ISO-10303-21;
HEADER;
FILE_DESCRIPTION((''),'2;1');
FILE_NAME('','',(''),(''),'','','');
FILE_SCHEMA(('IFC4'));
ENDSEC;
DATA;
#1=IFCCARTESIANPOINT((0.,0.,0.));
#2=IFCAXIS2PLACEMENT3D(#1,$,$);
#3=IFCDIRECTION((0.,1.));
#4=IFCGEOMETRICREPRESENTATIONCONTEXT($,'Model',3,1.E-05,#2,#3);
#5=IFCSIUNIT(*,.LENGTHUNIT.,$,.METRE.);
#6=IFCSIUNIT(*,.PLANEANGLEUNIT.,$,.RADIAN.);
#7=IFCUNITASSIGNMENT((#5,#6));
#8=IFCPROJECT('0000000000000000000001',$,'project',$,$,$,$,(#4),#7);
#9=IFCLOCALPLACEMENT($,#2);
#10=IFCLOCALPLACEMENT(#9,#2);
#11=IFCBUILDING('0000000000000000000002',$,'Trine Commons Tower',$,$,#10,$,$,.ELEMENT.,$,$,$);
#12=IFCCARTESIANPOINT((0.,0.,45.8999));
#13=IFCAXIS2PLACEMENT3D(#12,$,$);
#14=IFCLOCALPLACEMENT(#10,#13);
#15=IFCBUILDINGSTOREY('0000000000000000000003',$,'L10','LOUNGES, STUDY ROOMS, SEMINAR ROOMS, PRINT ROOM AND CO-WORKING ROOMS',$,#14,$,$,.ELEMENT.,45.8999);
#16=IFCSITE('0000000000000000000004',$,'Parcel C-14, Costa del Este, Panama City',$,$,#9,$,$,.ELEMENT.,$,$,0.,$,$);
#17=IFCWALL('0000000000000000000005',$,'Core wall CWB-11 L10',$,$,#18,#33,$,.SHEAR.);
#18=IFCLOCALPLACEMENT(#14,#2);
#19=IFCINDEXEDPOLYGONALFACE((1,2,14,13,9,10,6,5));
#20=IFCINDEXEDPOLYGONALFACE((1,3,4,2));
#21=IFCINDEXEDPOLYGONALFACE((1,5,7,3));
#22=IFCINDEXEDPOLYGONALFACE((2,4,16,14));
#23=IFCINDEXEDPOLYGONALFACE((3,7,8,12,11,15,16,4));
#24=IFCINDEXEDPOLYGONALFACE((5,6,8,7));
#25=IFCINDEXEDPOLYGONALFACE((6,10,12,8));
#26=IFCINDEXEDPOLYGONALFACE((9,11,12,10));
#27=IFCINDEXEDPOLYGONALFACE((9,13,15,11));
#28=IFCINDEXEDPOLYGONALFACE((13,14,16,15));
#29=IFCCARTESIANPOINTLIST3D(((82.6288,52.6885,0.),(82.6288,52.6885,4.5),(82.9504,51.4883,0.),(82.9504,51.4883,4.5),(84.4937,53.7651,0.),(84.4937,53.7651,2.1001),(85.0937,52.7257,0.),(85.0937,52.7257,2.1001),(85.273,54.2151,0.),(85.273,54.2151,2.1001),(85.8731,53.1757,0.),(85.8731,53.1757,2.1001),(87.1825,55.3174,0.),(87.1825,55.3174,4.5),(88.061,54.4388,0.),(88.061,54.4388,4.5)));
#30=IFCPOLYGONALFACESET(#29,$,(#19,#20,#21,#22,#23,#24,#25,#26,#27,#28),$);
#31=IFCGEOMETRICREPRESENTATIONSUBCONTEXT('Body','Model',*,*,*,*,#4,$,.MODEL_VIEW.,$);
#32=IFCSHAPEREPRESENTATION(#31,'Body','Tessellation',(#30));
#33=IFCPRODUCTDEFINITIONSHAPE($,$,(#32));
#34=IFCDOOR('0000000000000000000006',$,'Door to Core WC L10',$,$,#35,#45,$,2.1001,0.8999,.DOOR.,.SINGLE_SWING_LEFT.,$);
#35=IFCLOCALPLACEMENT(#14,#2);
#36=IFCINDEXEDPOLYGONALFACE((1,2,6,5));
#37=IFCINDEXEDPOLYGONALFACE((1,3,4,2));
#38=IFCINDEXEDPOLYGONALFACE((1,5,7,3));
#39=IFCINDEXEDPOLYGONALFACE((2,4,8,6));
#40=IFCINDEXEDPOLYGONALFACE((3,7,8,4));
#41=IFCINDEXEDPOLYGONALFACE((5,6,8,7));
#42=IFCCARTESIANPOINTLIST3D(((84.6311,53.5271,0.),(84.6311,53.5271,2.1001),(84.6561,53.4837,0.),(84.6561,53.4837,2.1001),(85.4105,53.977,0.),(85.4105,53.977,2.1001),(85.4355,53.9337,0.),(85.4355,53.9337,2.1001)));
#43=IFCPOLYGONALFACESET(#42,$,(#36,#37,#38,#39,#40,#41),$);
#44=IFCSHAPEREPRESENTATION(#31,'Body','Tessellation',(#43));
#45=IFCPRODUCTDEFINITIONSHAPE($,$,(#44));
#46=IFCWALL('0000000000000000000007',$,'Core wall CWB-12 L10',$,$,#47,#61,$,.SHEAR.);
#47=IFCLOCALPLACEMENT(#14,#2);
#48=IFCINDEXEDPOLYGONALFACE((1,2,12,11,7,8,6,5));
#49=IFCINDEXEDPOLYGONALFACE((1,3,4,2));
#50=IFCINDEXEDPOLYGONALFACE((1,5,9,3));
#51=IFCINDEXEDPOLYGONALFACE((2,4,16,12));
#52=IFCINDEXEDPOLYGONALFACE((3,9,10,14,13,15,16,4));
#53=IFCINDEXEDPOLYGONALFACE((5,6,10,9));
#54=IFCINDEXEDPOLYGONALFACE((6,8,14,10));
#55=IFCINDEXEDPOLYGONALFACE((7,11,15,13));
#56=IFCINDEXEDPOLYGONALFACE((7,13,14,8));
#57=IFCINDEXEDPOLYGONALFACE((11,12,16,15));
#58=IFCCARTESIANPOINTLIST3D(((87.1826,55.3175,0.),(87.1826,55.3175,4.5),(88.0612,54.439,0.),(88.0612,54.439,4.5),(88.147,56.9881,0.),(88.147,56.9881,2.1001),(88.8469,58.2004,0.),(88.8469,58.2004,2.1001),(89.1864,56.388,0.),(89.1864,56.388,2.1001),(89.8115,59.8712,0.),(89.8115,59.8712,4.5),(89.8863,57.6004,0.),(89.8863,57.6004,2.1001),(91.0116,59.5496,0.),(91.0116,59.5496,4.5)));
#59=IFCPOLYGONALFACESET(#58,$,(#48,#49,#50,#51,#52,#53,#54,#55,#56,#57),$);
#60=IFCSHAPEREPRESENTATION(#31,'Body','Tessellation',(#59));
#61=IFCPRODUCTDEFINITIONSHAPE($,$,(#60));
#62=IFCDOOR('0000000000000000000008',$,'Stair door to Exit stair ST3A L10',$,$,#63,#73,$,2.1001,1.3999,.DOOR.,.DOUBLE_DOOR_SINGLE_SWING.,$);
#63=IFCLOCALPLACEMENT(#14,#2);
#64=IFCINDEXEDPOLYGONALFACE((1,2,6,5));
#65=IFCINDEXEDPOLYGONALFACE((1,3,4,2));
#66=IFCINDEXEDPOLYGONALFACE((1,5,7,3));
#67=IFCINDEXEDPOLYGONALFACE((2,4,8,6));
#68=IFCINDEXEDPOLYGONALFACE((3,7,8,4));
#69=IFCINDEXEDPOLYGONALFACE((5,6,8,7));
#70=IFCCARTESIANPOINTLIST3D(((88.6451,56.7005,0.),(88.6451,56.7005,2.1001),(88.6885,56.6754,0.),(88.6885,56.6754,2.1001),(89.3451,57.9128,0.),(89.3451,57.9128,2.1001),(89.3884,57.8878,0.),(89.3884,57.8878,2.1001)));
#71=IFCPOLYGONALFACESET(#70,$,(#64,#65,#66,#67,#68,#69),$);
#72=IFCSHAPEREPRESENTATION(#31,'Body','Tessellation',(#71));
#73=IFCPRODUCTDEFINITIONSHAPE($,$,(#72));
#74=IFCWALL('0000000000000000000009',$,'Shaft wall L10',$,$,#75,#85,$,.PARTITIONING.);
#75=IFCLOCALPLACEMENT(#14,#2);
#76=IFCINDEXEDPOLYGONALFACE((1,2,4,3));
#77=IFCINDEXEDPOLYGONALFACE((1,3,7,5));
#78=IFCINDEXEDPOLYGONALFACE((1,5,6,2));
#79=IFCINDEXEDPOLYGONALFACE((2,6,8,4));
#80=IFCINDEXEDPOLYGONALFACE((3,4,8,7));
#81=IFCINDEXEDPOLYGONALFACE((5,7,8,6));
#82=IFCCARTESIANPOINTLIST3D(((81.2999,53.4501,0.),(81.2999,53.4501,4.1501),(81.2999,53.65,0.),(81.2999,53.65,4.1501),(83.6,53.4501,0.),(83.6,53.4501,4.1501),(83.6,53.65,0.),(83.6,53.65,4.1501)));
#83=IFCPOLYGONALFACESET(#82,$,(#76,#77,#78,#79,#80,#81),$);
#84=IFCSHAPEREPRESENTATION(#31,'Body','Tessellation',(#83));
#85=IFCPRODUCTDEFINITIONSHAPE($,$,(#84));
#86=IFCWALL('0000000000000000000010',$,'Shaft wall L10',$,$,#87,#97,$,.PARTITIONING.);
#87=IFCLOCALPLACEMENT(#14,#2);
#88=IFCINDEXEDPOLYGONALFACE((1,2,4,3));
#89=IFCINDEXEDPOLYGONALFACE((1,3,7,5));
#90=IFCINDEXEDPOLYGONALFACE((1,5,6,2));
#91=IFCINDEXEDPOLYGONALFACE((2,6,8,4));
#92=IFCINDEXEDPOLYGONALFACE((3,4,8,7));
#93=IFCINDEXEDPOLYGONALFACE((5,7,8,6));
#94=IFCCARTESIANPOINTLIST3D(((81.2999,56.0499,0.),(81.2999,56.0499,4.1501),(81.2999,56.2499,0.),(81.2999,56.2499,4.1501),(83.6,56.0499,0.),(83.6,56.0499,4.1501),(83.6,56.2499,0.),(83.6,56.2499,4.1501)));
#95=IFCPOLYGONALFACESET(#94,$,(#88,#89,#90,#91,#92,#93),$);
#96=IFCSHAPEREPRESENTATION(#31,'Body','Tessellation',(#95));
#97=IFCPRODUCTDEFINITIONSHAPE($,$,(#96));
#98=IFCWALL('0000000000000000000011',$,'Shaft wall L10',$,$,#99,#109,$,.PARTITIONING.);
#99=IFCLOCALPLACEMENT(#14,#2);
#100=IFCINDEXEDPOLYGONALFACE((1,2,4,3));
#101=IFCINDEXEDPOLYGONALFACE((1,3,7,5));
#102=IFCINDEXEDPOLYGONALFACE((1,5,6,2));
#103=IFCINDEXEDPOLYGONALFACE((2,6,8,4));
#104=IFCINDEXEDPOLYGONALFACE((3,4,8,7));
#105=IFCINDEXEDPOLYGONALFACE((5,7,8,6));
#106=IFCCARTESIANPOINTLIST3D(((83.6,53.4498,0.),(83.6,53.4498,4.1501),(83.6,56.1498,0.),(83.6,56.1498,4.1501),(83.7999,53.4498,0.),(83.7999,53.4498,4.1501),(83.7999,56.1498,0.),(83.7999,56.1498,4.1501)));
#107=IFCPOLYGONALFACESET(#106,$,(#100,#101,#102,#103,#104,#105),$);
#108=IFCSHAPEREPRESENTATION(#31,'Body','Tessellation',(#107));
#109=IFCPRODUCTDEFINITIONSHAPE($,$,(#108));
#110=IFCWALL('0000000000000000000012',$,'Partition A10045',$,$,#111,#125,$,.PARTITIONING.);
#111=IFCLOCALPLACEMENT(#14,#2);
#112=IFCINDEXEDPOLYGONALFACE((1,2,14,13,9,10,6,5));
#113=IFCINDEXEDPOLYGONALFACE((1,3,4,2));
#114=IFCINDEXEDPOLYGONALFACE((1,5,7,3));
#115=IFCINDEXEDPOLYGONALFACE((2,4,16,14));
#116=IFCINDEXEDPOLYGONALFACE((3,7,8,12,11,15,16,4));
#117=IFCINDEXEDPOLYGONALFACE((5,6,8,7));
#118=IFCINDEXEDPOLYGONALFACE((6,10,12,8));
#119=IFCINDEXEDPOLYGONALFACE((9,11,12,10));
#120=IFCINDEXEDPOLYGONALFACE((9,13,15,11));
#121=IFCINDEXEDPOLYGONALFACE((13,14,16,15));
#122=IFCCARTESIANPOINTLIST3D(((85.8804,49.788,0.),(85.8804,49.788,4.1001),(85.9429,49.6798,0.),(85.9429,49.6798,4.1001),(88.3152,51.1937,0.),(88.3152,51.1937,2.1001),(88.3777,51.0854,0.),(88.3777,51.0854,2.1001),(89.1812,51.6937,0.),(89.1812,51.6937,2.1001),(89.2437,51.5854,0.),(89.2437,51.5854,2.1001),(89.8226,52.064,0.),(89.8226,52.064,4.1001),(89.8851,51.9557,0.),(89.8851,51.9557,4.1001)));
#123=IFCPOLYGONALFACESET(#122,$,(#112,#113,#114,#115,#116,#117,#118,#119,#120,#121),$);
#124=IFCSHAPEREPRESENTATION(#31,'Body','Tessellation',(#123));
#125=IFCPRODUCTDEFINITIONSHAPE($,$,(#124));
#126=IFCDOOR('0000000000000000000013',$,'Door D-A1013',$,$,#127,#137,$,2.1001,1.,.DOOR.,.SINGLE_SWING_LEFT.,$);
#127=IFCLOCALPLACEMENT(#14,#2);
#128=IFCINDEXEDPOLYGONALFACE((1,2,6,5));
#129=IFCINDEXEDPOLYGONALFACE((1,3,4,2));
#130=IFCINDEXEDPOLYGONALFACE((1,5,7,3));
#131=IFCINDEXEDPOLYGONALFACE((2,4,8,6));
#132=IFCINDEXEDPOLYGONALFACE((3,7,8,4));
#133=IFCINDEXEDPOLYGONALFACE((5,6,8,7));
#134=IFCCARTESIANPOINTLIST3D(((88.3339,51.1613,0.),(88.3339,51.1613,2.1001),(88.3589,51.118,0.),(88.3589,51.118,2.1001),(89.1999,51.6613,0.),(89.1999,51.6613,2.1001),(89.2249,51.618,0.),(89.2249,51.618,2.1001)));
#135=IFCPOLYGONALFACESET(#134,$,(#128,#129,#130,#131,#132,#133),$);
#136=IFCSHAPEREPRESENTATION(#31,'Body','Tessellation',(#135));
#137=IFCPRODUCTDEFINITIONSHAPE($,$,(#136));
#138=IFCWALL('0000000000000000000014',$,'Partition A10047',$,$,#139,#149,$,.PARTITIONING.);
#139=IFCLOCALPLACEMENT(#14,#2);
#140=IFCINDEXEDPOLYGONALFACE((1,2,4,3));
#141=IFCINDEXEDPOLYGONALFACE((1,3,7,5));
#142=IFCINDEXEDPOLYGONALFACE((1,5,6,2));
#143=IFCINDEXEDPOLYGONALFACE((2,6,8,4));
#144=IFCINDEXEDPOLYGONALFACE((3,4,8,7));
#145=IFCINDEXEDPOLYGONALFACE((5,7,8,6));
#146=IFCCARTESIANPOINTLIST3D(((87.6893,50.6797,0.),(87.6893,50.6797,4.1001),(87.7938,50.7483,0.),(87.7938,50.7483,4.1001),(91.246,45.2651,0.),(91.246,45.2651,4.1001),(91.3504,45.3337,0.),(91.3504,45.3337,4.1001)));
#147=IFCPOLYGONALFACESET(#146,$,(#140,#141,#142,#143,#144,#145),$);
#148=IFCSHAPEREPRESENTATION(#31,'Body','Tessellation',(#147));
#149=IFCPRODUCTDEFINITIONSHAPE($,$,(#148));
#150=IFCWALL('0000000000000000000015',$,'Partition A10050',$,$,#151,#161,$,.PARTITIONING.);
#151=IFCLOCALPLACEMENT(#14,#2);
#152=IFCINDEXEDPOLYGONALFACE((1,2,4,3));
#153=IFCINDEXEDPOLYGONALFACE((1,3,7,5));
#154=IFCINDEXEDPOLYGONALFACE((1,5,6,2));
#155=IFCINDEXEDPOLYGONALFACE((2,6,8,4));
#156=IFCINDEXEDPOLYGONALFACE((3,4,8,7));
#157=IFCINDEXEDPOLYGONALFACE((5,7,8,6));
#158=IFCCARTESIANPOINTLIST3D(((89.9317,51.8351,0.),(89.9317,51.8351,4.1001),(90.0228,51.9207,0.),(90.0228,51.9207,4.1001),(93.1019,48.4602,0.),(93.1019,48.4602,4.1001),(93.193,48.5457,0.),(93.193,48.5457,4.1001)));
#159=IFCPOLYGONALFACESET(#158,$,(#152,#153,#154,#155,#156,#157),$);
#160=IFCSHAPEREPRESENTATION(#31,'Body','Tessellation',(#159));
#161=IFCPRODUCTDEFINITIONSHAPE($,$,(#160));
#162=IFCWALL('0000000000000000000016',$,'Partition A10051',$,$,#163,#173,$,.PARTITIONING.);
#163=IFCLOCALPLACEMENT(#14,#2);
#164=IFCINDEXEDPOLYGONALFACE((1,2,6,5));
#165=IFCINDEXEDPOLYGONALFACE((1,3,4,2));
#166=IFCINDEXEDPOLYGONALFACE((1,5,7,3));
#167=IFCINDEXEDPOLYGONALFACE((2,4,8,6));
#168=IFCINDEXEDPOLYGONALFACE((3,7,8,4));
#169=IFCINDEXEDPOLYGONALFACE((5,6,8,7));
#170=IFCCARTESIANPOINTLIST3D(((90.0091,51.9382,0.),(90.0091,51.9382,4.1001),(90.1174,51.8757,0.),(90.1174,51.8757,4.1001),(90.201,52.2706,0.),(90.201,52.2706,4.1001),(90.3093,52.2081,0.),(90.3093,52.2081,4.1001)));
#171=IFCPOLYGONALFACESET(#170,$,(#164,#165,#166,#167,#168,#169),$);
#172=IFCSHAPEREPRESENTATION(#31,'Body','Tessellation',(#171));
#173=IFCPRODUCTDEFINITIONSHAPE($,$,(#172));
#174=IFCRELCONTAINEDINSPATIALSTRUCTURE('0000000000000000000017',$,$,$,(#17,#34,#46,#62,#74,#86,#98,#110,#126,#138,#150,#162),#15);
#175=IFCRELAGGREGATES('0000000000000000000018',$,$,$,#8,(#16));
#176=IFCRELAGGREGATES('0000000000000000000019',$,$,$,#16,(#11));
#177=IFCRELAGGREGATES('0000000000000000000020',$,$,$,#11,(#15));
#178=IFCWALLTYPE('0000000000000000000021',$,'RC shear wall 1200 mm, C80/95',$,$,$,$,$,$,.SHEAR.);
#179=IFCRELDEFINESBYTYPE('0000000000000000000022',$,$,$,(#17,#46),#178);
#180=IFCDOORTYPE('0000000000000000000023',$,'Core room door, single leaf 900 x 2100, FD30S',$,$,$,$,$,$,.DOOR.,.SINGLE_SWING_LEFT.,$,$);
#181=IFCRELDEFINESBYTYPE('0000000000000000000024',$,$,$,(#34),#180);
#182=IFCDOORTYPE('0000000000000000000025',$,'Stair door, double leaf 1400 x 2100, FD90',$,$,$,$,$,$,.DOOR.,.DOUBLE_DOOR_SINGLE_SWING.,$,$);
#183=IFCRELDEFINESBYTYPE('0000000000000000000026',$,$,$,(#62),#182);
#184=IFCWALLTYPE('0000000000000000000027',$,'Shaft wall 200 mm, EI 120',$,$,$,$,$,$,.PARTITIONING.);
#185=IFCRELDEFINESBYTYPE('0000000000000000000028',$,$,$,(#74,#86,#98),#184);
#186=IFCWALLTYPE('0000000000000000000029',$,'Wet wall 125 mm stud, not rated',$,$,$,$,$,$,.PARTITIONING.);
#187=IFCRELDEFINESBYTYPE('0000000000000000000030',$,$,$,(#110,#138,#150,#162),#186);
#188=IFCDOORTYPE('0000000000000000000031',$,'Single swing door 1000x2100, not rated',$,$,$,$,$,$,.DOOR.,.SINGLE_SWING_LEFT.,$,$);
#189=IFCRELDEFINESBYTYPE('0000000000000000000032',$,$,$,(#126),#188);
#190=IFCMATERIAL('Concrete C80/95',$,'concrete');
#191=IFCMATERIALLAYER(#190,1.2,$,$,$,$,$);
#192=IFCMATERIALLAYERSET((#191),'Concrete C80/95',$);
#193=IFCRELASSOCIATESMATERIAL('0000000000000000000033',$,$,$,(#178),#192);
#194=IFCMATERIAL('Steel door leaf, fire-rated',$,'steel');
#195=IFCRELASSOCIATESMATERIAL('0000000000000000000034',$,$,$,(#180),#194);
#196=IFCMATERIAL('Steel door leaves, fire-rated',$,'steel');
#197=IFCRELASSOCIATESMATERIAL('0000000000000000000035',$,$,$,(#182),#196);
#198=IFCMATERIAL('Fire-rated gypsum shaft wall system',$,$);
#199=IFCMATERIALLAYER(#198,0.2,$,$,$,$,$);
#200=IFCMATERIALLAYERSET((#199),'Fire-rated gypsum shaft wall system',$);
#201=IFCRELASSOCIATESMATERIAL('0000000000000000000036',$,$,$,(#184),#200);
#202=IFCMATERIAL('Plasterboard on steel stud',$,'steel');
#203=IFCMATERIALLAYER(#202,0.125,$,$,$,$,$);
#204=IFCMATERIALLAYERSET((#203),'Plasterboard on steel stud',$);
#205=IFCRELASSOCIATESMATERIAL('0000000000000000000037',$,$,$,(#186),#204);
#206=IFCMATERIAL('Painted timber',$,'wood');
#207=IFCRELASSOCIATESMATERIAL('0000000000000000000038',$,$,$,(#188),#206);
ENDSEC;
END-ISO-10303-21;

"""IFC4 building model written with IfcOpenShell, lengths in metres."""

from ifc_helpers import new_model, si_unit, direction, frame, frame_2d, origin, place, context, subcontext, project, spatial, polyline, rectangle, outline, extrude, material, layer, layer_set, type_object, element, fill, save


model = new_model("IFC4")

# Units and contexts
model_context = context("Model", 3, precision=1e-05, world=origin(), true_north=direction((0.0, 1.0)))
body_context = subcontext(model_context, "Body", "Model", "MODEL_VIEW")
ifc_project = project(units=[si_unit("LENGTHUNIT", "METRE"), si_unit("PLANEANGLEUNIT", "RADIAN")], contexts=[model_context])

# Site, building, storey
site_placement = place(None, origin())
site = spatial("IfcSite", under=ifc_project, at=site_placement, Name="Parcel C-14, Costa del Este, Panama City", CompositionType="ELEMENT", RefElevation=0.0)
building_placement = place(site_placement, origin())
building = spatial("IfcBuilding", under=site, at=building_placement, Name="Trine Commons Tower", CompositionType="ELEMENT")
storey_placement = place(building_placement, frame((0.0, 0.0, 45.8999)))
storey = spatial("IfcBuildingStorey", under=building, at=storey_placement, Name="L10", Description="LOUNGES, STUDY ROOMS, SEMINAR ROOMS, PRINT ROOM AND CO-WORKING ROOMS", CompositionType="ELEMENT", Elevation=45.8999)

# Shared definitions
ifc_material_1 = material(Name="Plasterboard on steel stud", Category="steel")

# Walls, openings, doors
ifc_material_2 = material(Name="Concrete C80/95", Category="concrete")
ifc_layer_1 = layer(ifc_material_2, 1.2)
ifc_layer_set_1 = layer_set([ifc_layer_1], Name="Concrete C80/95")
wall_type_1 = type_object("IfcWallType", Name="RC shear wall 1200 mm, C80/95", PredefinedType="SHEAR", material=ifc_layer_set_1)
wall_1_placement = place(storey_placement, frame((82.6504, 52.0081, 0.0), z_axis=(0.0, 0.0, 1.0), x_axis=(0.866037, 0.499979, 0.0)))
wall_1 = element("IfcWall", 1, at=wall_1_placement, inside=storey, type_object=wall_type_1, Name="Core wall CWB-11 L10", PredefinedType="SHEAR", context=body_context, shape_type="SweptSolid", body=[
    extrude(outline(polyline([(0.0, -0.6001), (5.9011, -0.6001), (5.5796, 0.6001), (0.3215, 0.6001), (0.0, -0.6001)])), origin(), (0.0, 0.0, 1.0), 4.5),
])
opening_1_placement = place(wall_1_placement, frame((2.4749, 0.0, 0.0)))
opening_1 = element("IfcOpeningElement", 2, at=opening_1_placement, cuts=wall_1, PredefinedType="OPENING", context=body_context, shape_type="SweptSolid", body=[
    extrude(rectangle(XDim=0.8999, YDim=2.1001, at=frame_2d((0.45, 1.05))), frame((0.0, 0.6099, 0.0), z_axis=(0.0, -1.0, 0.0), x_axis=(1.0, 0.0, 0.0)), (0.0, 0.0, 1.0), 1.22),
])
ifc_material_3 = material(Name="Steel door leaf, fire-rated", Category="steel")
door_type_1 = type_object("IfcDoorType", Name="Core room door, single leaf 900 x 2100, FD30S", OperationType="SINGLE_SWING_LEFT", PredefinedType="DOOR", material=ifc_material_3)
door_1_placement = place(opening_1_placement, origin())
door_1 = element("IfcDoor", 3, at=door_1_placement, inside=storey, type_object=door_type_1, Name="Door to Core WC L10", OperationType="SINGLE_SWING_LEFT", OverallHeight=2.1001, OverallWidth=0.8999, PredefinedType="DOOR", context=body_context, shape_type="SweptSolid", body=[
    extrude(rectangle(XDim=0.8999, YDim=2.1001, at=frame_2d((0.45, 1.05))), frame((0.0, 0.3252, 0.0), z_axis=(0.0, -1.0, 0.0), x_axis=(1.0, 0.0, 0.0)), (0.0, 0.0, 1.0), 0.05),
])
fill(opening_1, door_1)
wall_2_placement = place(storey_placement, frame((87.5415, 54.739, 0.0), z_axis=(0.0, 0.0, 1.0), x_axis=(0.499979, 0.866037, 0.0)))
wall_2 = element("IfcWall", 4, at=wall_2_placement, inside=storey, type_object=wall_type_1, Name="Core wall CWB-12 L10", PredefinedType="SHEAR", context=body_context, shape_type="SweptSolid", body=[
    extrude(outline(polyline([(0.0, -0.6001), (5.9011, -0.6001), (5.5796, 0.6001), (0.3215, 0.6001), (0.0, -0.6001)])), origin(), (0.0, 0.0, 1.0), 4.5),
])
opening_2_placement = place(wall_2_placement, frame((2.2505, 0.0, 0.0)))
opening_2 = element("IfcOpeningElement", 5, at=opening_2_placement, cuts=wall_2, PredefinedType="OPENING", context=body_context, shape_type="SweptSolid", body=[
    extrude(rectangle(XDim=1.3999, YDim=2.1001, at=frame_2d((0.7, 1.05))), frame((0.0, 0.6099, 0.0), z_axis=(0.0, -1.0, 0.0), x_axis=(1.0, 0.0, 0.0)), (0.0, 0.0, 1.0), 1.22),
])
ifc_material_4 = material(Name="Steel door leaves, fire-rated", Category="steel")
door_type_2 = type_object("IfcDoorType", Name="Stair door, double leaf 1400 x 2100, FD90", OperationType="DOUBLE_DOOR_SINGLE_SWING", PredefinedType="DOOR", material=ifc_material_4)
door_2_placement = place(opening_2_placement, origin())
door_2 = element("IfcDoor", 6, at=door_2_placement, inside=storey, type_object=door_type_2, Name="Stair door to Exit stair ST3A L10", OperationType="DOUBLE_DOOR_SINGLE_SWING", OverallHeight=2.1001, OverallWidth=1.3999, PredefinedType="DOOR", context=body_context, shape_type="SweptSolid", body=[
    extrude(rectangle(XDim=1.3999, YDim=2.1001, at=frame_2d((0.7, 1.05))), frame((0.0, 0.0249, 0.0), z_axis=(0.0, -1.0, 0.0), x_axis=(1.0, 0.0, 0.0)), (0.0, 0.0, 1.0), 0.05),
])
fill(opening_2, door_2)

# Walls
ifc_material_5 = material(Name="Fire-rated gypsum shaft wall system")
ifc_layer_2 = layer(ifc_material_5, 0.2)
ifc_layer_set_2 = layer_set([ifc_layer_2], Name="Fire-rated gypsum shaft wall system")
wall_type_2 = type_object("IfcWallType", Name="Shaft wall 200 mm, EI 120", PredefinedType="PARTITIONING", material=ifc_layer_set_2)
for number, where, z_axis, x_axis, name in (
    (7, (81.3, 53.55, 0.0), (0.0, 0.0, 1.0), (1.0, 0.0, 0.0), "Shaft wall L10"),
    (8, (81.3, 56.1499, 0.0), (0.0, 0.0, 1.0), (1.0, 0.0, 0.0), "Shaft wall L10"),
):
    element("IfcWall", number, at=place(storey_placement, frame(where, z_axis=z_axis, x_axis=x_axis)), inside=storey, type_object=wall_type_2, Name=name, PredefinedType="PARTITIONING", context=body_context, shape_type="SweptSolid", body=[
        extrude(rectangle(XDim=2.3, YDim=0.2, at=frame_2d((1.1499, 0.0))), origin(), (0.0, 0.0, 1.0), 4.1501),
    ])
wall_3_placement = place(storey_placement, frame((83.7, 56.1499, 0.0), z_axis=(0.0, 0.0, 1.0), x_axis=(0.0, -1.0, 0.0)))
element("IfcWall", 9, at=wall_3_placement, inside=storey, type_object=wall_type_2, Name="Shaft wall L10", PredefinedType="PARTITIONING", context=body_context, shape_type="SweptSolid", body=[
    extrude(rectangle(XDim=2.7, YDim=0.2, at=frame_2d((1.3501, 0.0))), origin(), (0.0, 0.0, 1.0), 4.1501),
])

# Wall, opening, door
ifc_layer_3 = layer(ifc_material_1, 0.125)
ifc_layer_set_3 = layer_set([ifc_layer_3], Name="Plasterboard on steel stud")
wall_type_3 = type_object("IfcWallType", Name="Wet wall 125 mm stud, not rated", PredefinedType="PARTITIONING", material=ifc_layer_set_3)
wall_4_placement = place(storey_placement, frame((89.8538, 52.0098, 0.0), z_axis=(0.0, 0.0, 1.0), x_axis=(-0.866036, -0.499981, 0.0)))
wall_4 = element("IfcWall", 10, at=wall_4_placement, inside=storey, type_object=wall_type_3, Name="Partition A10045", PredefinedType="PARTITIONING", context=body_context, shape_type="SweptSolid", body=[
    extrude(rectangle(XDim=4.552, YDim=0.125, at=frame_2d((2.2759, 0.0))), origin(), (0.0, 0.0, 1.0), 4.1001),
])
opening_3_placement = place(wall_4_placement, frame((0.7405, 0.0, 0.0)))
opening_3 = element("IfcOpeningElement", 11, at=opening_3_placement, cuts=wall_4, PredefinedType="OPENING", context=body_context, shape_type="SweptSolid", body=[
    extrude(rectangle(XDim=1.0, YDim=2.1001, at=frame_2d((0.5, 1.05))), frame((0.0, 0.0725, 0.0), z_axis=(0.0, -1.0, 0.0), x_axis=(1.0, 0.0, 0.0)), (0.0, 0.0, 1.0), 0.145),
])
ifc_material_6 = material(Name="Painted timber", Category="wood")
door_type_3 = type_object("IfcDoorType", Name="Single swing door 1000x2100, not rated", OperationType="SINGLE_SWING_LEFT", PredefinedType="DOOR", material=ifc_material_6)
door_3_placement = place(opening_3_placement, origin())
door_3 = element("IfcDoor", 12, at=door_3_placement, inside=storey, type_object=door_type_3, Name="Door D-A1013", OperationType="SINGLE_SWING_LEFT", OverallHeight=2.1001, OverallWidth=1.0, PredefinedType="DOOR", context=body_context, shape_type="SweptSolid", body=[
    extrude(rectangle(XDim=1.0, YDim=2.1001, at=frame_2d((0.5, 1.05))), frame((0.0, 0.0249, 0.0), z_axis=(0.0, -1.0, 0.0), x_axis=(1.0, 0.0, 0.0)), (0.0, 0.0, 1.0), 0.05),
])
fill(opening_3, door_3)

# Walls
wall_5_placement = place(storey_placement, frame((87.7415, 50.7141, 0.0), z_axis=(0.0, 0.0, 1.0), x_axis=(0.549017, -0.835811, 0.0)))
element("IfcWall", 13, at=wall_5_placement, inside=storey, type_object=wall_type_3, Name="Partition A10047", PredefinedType="PARTITIONING", context=body_context, shape_type="SweptSolid", body=[
    extrude(rectangle(XDim=6.4783, YDim=0.125, at=frame_2d((3.2393, 0.0))), origin(), (0.0, 0.0, 1.0), 4.1001),
])
wall_6_placement = place(storey_placement, frame((89.9773, 51.8779, 0.0), z_axis=(0.0, 0.0, 1.0), x_axis=(0.684642, -0.728879, 0.0)))
element("IfcWall", 14, at=wall_6_placement, inside=storey, type_object=wall_type_3, Name="Partition A10050", PredefinedType="PARTITIONING", context=body_context, shape_type="SweptSolid", body=[
    extrude(rectangle(XDim=4.6304, YDim=0.125, at=frame_2d((2.3152, 0.0))), origin(), (0.0, 0.0, 1.0), 4.1001),
])
wall_7_placement = place(storey_placement, frame((90.0632, 51.907, 0.0), z_axis=(0.0, 0.0, 1.0), x_axis=(0.500108, 0.865963, 0.0)))
element("IfcWall", 15, at=wall_7_placement, inside=storey, type_object=wall_type_3, Name="Partition A10051", PredefinedType="PARTITIONING", context=body_context, shape_type="SweptSolid", body=[
    extrude(rectangle(XDim=0.3838, YDim=0.125, at=frame_2d((0.1919, 0.0))), origin(), (0.0, 0.0, 1.0), 4.1001),
])

save(model, "model.ifc")
